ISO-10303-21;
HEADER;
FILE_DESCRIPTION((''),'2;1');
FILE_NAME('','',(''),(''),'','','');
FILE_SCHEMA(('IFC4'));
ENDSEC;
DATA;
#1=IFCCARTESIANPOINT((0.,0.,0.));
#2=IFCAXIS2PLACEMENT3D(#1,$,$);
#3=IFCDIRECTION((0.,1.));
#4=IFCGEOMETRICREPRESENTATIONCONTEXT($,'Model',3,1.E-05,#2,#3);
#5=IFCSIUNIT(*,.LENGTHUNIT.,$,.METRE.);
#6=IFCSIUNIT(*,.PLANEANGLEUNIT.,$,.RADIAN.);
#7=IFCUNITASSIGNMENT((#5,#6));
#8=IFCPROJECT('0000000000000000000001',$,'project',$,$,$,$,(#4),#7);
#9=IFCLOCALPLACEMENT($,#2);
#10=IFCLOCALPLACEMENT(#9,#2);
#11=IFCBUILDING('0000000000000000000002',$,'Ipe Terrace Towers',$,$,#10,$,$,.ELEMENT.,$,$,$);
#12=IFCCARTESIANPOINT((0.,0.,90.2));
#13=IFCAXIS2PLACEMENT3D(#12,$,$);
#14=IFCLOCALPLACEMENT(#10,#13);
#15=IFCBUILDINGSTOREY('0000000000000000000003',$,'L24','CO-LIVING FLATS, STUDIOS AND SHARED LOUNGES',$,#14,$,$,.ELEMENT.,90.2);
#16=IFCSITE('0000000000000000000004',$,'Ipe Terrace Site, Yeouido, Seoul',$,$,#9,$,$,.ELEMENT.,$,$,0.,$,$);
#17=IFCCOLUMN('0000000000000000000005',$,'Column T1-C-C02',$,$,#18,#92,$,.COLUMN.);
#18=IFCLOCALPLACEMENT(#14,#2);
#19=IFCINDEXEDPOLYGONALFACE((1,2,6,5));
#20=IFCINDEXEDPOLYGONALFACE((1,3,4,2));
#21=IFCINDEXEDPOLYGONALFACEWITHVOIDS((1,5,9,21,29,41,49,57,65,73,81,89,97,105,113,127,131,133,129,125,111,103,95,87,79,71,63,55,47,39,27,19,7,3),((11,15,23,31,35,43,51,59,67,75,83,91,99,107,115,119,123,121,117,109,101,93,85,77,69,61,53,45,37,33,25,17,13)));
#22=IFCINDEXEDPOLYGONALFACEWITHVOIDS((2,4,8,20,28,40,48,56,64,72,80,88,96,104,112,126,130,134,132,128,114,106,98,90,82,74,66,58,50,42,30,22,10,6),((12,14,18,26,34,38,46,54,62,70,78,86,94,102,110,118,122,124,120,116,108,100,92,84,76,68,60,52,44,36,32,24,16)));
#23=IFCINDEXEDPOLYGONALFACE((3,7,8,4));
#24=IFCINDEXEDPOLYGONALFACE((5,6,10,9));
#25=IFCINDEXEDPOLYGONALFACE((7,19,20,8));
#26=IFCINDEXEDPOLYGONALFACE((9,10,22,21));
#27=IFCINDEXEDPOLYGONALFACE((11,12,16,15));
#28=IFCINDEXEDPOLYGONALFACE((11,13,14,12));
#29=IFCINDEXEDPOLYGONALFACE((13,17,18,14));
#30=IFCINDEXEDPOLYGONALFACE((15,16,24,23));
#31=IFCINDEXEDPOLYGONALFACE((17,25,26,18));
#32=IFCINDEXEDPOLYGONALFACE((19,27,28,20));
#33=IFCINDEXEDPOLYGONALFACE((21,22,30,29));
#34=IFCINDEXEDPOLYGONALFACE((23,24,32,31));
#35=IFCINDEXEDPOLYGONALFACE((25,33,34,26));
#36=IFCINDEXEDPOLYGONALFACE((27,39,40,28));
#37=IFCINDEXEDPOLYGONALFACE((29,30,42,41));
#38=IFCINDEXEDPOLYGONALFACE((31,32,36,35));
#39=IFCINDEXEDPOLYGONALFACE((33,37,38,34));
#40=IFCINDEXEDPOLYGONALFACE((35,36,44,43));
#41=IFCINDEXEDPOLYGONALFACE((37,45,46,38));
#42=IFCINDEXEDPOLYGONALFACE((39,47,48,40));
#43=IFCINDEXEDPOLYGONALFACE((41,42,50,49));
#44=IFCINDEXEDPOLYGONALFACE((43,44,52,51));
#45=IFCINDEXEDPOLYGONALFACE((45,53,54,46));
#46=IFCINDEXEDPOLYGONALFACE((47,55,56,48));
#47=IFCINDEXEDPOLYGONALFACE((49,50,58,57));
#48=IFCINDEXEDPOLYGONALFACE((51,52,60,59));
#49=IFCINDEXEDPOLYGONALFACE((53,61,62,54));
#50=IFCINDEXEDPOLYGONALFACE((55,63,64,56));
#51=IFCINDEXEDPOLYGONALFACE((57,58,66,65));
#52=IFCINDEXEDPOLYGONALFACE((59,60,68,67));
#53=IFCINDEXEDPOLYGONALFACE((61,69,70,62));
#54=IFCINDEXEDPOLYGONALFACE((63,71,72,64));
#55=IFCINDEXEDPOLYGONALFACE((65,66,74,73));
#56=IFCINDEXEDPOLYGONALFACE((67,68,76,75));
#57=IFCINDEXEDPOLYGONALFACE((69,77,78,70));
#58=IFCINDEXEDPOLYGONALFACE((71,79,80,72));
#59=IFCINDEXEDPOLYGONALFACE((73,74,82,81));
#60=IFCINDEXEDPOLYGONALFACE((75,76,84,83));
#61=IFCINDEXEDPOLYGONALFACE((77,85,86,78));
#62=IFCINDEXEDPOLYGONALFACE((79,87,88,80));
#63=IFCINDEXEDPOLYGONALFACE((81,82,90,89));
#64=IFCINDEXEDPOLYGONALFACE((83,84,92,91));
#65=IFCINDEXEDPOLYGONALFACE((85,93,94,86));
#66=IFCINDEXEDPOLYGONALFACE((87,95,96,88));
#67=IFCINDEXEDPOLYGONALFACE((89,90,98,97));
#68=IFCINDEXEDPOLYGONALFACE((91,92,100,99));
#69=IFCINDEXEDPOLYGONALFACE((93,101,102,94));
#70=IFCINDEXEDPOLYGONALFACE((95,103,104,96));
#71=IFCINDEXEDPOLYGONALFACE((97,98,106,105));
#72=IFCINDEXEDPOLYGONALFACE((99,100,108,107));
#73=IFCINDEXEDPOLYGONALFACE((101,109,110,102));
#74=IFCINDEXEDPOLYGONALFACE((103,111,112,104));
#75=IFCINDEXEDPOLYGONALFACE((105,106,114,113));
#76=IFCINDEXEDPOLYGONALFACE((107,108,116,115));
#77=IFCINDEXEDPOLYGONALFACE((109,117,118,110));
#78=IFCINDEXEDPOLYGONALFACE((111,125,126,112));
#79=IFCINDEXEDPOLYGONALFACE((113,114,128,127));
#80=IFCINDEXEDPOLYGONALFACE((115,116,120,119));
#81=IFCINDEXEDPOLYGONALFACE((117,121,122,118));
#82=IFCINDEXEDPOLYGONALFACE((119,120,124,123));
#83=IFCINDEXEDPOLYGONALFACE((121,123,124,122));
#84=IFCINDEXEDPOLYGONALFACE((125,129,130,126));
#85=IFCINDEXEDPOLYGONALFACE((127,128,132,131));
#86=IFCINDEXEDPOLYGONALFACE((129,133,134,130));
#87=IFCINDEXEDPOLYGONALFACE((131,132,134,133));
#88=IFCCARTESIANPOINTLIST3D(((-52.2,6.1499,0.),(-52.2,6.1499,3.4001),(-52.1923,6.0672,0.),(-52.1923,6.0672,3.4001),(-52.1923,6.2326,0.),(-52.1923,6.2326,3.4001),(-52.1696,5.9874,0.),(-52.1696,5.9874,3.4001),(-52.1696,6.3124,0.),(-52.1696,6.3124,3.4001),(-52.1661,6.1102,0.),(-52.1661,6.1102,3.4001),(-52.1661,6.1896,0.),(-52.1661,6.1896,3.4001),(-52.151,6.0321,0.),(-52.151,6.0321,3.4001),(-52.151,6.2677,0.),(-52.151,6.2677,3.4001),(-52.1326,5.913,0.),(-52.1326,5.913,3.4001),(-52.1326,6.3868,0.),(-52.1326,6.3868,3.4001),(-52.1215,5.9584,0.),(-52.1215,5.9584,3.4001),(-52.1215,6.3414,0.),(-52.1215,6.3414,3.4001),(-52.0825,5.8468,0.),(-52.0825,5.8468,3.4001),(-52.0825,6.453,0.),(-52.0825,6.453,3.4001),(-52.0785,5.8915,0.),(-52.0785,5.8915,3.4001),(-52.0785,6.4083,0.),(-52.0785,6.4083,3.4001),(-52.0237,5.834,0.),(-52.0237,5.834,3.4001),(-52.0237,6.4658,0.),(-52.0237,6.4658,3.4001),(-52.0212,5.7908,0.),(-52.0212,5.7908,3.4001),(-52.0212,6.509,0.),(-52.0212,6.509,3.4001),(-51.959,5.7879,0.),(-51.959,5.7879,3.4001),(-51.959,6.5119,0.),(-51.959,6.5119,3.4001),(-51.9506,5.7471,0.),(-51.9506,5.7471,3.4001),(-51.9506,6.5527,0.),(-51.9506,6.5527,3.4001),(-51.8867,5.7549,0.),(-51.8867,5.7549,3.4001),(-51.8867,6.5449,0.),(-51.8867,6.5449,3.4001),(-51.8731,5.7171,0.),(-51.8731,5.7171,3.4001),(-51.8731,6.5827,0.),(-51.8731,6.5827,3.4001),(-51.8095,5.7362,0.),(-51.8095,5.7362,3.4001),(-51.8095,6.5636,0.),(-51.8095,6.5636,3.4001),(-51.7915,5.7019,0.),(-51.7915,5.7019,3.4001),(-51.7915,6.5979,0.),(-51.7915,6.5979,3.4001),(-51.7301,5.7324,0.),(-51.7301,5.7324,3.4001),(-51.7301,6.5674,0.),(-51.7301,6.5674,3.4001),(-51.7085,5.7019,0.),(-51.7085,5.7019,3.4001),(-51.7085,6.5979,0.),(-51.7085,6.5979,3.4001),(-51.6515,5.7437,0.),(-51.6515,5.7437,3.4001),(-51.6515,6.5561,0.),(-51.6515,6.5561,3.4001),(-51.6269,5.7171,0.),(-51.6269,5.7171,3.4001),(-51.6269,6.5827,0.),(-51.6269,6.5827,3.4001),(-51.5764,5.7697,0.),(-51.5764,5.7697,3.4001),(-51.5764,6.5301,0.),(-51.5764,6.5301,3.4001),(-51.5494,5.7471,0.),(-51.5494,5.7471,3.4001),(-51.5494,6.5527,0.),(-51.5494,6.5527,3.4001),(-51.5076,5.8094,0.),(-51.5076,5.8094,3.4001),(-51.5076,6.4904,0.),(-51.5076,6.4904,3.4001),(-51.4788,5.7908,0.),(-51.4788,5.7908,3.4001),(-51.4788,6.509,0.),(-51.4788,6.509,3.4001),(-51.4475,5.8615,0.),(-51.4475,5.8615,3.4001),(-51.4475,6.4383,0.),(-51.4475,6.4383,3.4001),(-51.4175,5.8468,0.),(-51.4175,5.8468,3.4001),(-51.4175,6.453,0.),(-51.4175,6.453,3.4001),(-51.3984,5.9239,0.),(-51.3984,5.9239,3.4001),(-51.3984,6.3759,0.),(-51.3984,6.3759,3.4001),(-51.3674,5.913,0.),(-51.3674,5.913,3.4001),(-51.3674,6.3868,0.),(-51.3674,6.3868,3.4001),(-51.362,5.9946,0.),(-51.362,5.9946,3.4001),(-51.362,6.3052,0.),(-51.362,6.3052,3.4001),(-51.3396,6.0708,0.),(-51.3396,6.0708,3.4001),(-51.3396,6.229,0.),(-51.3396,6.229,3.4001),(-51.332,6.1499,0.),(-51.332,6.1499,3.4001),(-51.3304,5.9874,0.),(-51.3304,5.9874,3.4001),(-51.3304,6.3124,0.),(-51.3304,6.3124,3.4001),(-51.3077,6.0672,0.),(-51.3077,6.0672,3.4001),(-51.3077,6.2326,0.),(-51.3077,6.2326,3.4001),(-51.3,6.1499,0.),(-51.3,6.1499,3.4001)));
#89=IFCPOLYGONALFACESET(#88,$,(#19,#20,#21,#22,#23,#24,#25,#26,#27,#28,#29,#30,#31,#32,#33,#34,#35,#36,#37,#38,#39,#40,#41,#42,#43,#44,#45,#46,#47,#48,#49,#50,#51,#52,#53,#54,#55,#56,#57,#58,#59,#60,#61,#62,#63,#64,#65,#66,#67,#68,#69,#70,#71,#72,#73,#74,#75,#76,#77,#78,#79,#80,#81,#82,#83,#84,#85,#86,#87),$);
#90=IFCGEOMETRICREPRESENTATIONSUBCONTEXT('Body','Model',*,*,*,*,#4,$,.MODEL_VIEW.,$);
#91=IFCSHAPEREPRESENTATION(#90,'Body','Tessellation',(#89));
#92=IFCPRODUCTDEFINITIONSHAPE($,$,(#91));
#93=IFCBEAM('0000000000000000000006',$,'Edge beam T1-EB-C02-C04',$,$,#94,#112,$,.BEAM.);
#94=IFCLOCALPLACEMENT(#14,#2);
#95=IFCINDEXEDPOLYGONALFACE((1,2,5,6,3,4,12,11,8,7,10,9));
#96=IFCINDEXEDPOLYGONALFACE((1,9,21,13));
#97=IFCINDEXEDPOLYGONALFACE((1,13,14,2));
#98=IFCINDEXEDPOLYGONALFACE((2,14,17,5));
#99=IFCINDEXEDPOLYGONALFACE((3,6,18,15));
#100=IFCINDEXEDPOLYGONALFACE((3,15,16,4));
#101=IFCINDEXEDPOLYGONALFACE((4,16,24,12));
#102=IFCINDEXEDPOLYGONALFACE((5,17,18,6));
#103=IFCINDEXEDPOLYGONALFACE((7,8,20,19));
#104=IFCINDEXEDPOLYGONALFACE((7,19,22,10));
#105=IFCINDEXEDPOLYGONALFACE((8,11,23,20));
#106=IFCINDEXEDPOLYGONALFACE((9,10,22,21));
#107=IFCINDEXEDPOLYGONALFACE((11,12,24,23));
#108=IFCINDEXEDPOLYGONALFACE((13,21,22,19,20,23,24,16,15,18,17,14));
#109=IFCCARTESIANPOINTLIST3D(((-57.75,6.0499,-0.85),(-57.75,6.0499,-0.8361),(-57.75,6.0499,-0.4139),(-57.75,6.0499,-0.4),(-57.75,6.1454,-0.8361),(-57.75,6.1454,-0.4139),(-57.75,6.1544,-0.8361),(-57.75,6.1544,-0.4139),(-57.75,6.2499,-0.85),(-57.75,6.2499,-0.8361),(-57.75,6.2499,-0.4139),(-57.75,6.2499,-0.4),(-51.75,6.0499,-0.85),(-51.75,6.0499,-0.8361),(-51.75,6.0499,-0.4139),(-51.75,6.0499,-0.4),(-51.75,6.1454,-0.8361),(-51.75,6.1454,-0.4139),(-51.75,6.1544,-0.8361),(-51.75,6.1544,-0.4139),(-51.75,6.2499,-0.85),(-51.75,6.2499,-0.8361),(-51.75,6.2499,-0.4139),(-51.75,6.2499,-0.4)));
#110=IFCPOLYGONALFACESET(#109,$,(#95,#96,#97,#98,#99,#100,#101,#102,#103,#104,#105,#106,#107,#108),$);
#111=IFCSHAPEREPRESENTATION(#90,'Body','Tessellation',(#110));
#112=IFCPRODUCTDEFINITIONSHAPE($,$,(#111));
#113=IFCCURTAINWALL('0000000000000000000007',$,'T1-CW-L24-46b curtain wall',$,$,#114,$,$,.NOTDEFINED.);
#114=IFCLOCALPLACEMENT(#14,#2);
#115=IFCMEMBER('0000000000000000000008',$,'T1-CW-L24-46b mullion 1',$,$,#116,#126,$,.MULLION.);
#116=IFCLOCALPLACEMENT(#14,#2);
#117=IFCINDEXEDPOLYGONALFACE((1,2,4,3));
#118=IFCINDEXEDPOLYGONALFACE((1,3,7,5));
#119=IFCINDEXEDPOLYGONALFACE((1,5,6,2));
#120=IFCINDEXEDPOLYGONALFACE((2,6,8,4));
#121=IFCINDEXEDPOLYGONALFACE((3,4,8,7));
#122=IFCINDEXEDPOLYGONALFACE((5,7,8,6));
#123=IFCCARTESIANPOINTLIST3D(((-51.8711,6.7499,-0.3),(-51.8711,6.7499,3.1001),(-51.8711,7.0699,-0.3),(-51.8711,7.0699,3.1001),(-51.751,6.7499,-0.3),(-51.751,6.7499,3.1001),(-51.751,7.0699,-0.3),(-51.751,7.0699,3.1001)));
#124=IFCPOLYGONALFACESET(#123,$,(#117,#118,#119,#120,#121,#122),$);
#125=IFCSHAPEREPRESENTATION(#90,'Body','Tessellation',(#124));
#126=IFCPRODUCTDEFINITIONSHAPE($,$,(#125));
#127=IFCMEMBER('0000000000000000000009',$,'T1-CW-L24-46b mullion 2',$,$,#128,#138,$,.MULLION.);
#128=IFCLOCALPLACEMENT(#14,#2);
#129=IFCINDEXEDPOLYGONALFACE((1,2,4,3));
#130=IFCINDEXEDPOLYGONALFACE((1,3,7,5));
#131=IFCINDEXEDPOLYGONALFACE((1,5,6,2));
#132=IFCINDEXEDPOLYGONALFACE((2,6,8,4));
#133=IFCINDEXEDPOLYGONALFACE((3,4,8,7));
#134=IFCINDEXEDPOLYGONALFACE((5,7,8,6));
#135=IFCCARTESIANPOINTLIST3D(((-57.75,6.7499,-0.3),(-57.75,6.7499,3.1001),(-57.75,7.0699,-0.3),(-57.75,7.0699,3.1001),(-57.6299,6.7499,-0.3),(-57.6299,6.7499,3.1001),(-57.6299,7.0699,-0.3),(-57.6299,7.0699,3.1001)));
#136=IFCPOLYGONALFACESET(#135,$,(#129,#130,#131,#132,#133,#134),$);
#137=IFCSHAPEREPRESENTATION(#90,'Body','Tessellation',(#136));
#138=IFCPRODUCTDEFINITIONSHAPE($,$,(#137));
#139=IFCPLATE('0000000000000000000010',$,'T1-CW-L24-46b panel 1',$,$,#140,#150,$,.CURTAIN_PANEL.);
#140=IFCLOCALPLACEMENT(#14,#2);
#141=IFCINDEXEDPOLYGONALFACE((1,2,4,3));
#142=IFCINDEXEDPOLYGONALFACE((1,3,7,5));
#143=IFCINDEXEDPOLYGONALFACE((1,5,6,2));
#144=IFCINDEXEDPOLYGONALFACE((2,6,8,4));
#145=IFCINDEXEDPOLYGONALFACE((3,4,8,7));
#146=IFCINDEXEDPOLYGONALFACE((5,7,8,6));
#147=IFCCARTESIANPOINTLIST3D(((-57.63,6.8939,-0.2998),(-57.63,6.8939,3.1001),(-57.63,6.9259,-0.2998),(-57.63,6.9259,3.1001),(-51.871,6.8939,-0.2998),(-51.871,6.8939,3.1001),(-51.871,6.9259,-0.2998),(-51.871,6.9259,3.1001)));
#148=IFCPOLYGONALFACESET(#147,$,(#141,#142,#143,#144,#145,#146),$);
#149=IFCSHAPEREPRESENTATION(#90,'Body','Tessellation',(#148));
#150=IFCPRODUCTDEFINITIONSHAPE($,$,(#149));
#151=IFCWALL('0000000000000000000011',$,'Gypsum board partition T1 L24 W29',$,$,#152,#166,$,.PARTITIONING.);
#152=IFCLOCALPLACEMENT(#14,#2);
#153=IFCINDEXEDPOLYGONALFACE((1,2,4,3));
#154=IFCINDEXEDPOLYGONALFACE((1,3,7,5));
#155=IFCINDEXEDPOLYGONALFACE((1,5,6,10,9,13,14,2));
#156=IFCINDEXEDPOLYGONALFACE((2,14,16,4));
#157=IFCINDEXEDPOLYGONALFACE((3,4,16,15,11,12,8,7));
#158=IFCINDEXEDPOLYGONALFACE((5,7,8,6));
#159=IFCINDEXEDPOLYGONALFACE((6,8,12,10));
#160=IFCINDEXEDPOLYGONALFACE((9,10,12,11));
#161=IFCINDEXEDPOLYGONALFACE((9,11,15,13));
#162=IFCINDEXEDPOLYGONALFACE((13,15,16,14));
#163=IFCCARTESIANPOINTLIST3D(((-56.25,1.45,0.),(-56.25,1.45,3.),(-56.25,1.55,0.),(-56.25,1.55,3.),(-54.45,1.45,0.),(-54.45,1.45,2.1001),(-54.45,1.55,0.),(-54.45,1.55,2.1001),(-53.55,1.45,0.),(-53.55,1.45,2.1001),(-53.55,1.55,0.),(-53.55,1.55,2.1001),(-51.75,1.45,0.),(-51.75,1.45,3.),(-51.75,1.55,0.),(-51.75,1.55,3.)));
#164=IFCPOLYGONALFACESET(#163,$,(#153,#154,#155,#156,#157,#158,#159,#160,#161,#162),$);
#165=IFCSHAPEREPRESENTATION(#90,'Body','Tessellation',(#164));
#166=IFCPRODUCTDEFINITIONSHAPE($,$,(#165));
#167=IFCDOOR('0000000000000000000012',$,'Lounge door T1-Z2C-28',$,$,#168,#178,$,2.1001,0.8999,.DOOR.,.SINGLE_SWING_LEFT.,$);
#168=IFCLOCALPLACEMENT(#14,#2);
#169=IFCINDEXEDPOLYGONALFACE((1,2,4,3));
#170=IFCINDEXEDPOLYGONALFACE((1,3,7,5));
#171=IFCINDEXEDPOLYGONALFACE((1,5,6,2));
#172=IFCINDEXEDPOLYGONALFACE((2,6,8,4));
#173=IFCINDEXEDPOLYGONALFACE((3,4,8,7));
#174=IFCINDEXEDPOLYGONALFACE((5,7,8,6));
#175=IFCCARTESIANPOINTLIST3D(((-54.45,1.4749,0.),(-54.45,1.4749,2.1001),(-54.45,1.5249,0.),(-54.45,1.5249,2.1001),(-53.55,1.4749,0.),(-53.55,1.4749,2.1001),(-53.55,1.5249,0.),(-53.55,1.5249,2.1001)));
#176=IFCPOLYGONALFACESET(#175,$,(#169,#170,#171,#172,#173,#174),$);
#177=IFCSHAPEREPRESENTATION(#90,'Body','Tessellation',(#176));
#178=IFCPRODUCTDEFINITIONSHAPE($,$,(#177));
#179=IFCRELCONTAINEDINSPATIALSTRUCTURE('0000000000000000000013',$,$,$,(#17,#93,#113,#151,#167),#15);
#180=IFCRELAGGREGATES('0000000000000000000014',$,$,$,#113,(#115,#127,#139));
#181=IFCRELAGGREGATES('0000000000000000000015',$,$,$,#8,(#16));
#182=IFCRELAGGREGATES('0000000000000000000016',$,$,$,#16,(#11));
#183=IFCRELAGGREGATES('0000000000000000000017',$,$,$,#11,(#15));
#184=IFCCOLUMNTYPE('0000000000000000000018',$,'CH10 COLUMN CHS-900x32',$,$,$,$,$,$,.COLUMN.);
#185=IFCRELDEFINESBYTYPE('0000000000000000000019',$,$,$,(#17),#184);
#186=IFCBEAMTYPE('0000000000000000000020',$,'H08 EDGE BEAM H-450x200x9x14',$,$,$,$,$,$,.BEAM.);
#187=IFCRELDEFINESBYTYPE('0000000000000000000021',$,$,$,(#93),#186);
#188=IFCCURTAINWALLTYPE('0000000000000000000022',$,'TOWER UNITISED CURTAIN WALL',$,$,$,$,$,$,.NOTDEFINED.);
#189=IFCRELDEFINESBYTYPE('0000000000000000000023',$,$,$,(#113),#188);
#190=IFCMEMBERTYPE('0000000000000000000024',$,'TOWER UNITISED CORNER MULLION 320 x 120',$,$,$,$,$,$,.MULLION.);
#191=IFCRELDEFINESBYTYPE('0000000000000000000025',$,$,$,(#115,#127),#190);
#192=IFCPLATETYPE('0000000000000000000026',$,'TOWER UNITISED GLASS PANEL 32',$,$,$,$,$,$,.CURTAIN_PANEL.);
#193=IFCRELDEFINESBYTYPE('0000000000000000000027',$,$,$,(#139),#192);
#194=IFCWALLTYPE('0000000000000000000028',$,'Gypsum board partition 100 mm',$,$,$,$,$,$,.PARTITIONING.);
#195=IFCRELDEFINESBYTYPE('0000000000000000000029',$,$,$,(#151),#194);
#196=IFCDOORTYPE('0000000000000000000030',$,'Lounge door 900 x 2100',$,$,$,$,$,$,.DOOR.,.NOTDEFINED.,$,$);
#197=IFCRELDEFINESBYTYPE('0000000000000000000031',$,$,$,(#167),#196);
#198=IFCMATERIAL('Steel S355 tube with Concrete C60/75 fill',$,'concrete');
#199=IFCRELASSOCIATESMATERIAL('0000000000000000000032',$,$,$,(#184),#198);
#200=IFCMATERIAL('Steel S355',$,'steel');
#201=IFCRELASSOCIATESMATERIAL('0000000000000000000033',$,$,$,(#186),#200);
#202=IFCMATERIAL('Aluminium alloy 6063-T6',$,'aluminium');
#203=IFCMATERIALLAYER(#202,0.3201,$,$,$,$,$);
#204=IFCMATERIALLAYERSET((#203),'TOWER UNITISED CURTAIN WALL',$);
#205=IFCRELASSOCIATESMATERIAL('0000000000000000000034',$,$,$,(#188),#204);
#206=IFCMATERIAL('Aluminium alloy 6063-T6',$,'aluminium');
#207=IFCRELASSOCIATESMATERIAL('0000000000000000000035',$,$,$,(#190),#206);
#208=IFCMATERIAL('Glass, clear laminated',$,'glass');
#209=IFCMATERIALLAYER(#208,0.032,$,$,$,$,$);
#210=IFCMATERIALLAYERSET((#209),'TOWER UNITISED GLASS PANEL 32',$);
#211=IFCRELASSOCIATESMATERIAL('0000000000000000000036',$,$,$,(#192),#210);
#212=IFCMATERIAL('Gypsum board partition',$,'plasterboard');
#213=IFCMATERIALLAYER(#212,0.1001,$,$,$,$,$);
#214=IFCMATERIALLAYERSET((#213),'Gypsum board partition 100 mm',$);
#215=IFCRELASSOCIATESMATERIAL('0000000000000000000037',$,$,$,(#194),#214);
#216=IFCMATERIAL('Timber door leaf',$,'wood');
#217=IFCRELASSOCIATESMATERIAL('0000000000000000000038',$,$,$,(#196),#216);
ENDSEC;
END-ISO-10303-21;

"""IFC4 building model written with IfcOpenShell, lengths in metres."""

from ifc_helpers import new_model, si_unit, direction, frame, frame_2d, origin, origin_2d, place, context, subcontext, project, spatial, rectangle, hollow_circle, i_section, extrude, material, layer, layer_set, material_profile, profile_set, type_object, element, fill, aggregate, save


model = new_model("IFC4")

# Units and contexts
model_context = context("Model", 3, precision=1e-05, world=origin(), true_north=direction((0.0, 1.0)))
body_context = subcontext(model_context, "Body", "Model", "MODEL_VIEW")
ifc_project = project(units=[si_unit("LENGTHUNIT", "METRE"), si_unit("PLANEANGLEUNIT", "RADIAN")], contexts=[model_context])

# Site, building, storey
site_placement = place(None, origin())
site = spatial("IfcSite", under=ifc_project, at=site_placement, Name="Ipe Terrace Site, Yeouido, Seoul", CompositionType="ELEMENT", RefElevation=0.0)
building_placement = place(site_placement, origin())
building = spatial("IfcBuilding", under=site, at=building_placement, Name="Ipe Terrace Towers", CompositionType="ELEMENT")
storey_placement = place(building_placement, frame((0.0, 0.0, 90.2)))
storey = spatial("IfcBuildingStorey", under=building, at=storey_placement, Name="L24", Description="CO-LIVING FLATS, STUDIOS AND SHARED LOUNGES", CompositionType="ELEMENT", Elevation=90.2)

# Column
ifc_material_1 = material(Name="Steel S355 tube with Concrete C60/75 fill", Category="concrete")
ifc_material_profile_1 = material_profile(ifc_material_1, hollow_circle(Radius=0.45, WallThickness=0.032, at=origin_2d()), Name="CHS-900x32")
ifc_profile_set_1 = profile_set([ifc_material_profile_1], Name="Steel S355 tube with Concrete C60/75 fill")
column_type = type_object("IfcColumnType", Name="CH10 COLUMN CHS-900x32", PredefinedType="COLUMN", material=ifc_profile_set_1)
column_placement = place(storey_placement, frame((-51.75, 6.1499, 0.0), z_axis=(0.0, 0.0, 1.0), x_axis=(1.0, 0.0, 0.0)))
element("IfcColumn", 1, at=column_placement, inside=storey, type_object=column_type, Name="Column T1-C-C02", PredefinedType="COLUMN", context=body_context, shape_type="SweptSolid", body=[
    extrude(hollow_circle(Radius=0.45, WallThickness=0.032, at=origin_2d()), origin(), (0.0, 0.0, 1.0), 3.4001),
])

# Beam
ifc_material_2 = material(Name="Steel S355", Category="steel")
ifc_material_profile_2 = material_profile(ifc_material_2, i_section(OverallWidth=0.2, OverallDepth=0.45, WebThickness=0.009, FlangeThickness=0.0139, at=origin_2d()), Name="H-450x200x9x14")
ifc_profile_set_2 = profile_set([ifc_material_profile_2], Name="Steel S355")
beam_type = type_object("IfcBeamType", Name="H08 EDGE BEAM H-450x200x9x14", PredefinedType="BEAM", material=ifc_profile_set_2)
beam_placement = place(storey_placement, frame((-51.75, 6.1499, -0.625), z_axis=(-1.0, 0.0, 0.0), x_axis=(0.0, -1.0, 0.0)))
element("IfcBeam", 2, at=beam_placement, inside=storey, type_object=beam_type, Name="Edge beam T1-EB-C02-C04", PredefinedType="BEAM", context=body_context, shape_type="SweptSolid", body=[
    extrude(i_section(OverallWidth=0.2, OverallDepth=0.45, WebThickness=0.009, FlangeThickness=0.0139, at=origin_2d()), origin(), (0.0, 0.0, 1.0), 6.0),
])

# Curtain wall, members, plate
ifc_material_3 = material(Name="Aluminium alloy 6063-T6", Category="aluminium")
ifc_layer_1 = layer(ifc_material_3, 0.3201)
ifc_layer_set_1 = layer_set([ifc_layer_1], Name="TOWER UNITISED CURTAIN WALL")
curtain_wall_type = type_object("IfcCurtainWallType", Name="TOWER UNITISED CURTAIN WALL", PredefinedType="NOTDEFINED", material=ifc_layer_set_1)
curtain_wall_placement = place(storey_placement, origin())
curtain_wall = element("IfcCurtainWall", 3, at=curtain_wall_placement, inside=storey, type_object=curtain_wall_type, Name="T1-CW-L24-46b curtain wall", PredefinedType="NOTDEFINED")
ifc_material_4 = material(Name="Aluminium alloy 6063-T6", Category="aluminium")
ifc_material_profile_3 = material_profile(ifc_material_4, rectangle(XDim=0.3201, YDim=0.1201, at=origin_2d()), Name="TOWER UNITISED CORNER MULLION 320 x 120")
ifc_profile_set_3 = profile_set([ifc_material_profile_3], Name="Aluminium alloy 6063-T6")
member_type = type_object("IfcMemberType", Name="TOWER UNITISED CORNER MULLION 320 x 120", PredefinedType="MULLION", material=ifc_profile_set_3)
member_1_placement = place(storey_placement, frame((-51.811, 6.9099, -0.3), z_axis=(0.0, 0.0, 1.0), x_axis=(0.0, 1.0, 0.0)))
member_1 = element("IfcMember", 4, at=member_1_placement, type_object=member_type, Name="T1-CW-L24-46b mullion 1", PredefinedType="MULLION", context=body_context, shape_type="SweptSolid", body=[
    extrude(rectangle(XDim=0.3201, YDim=0.1201, at=origin_2d()), origin(), (0.0, 0.0, 1.0), 3.4001),
])
member_2_placement = place(storey_placement, frame((-57.6899, 6.9099, -0.3), z_axis=(0.0, 0.0, 1.0), x_axis=(0.0, 1.0, 0.0)))
member_2 = element("IfcMember", 5, at=member_2_placement, type_object=member_type, Name="T1-CW-L24-46b mullion 2", PredefinedType="MULLION", context=body_context, shape_type="SweptSolid", body=[
    extrude(rectangle(XDim=0.3201, YDim=0.1201, at=origin_2d()), origin(), (0.0, 0.0, 1.0), 3.4001),
])
ifc_material_5 = material(Name="Glass, clear laminated", Category="glass")
ifc_layer_2 = layer(ifc_material_5, 0.032)
ifc_layer_set_2 = layer_set([ifc_layer_2], Name="TOWER UNITISED GLASS PANEL 32")
plate_type = type_object("IfcPlateType", Name="TOWER UNITISED GLASS PANEL 32", PredefinedType="CURTAIN_PANEL", material=ifc_layer_set_2)
plate_placement = place(storey_placement, frame((-54.7505, 6.9099, -0.2998), z_axis=(0.0, 0.0, 1.0), x_axis=(-1.0, 0.0, 0.0)))
plate = element("IfcPlate", 6, at=plate_placement, type_object=plate_type, Name="T1-CW-L24-46b panel 1", PredefinedType="CURTAIN_PANEL", context=body_context, shape_type="SweptSolid", body=[
    extrude(rectangle(XDim=5.759, YDim=0.032, at=origin_2d()), origin(), (0.0, 0.0, 1.0), 3.3999),
])
aggregate(curtain_wall, [member_1, member_2, plate])

# Wall, opening, door
ifc_material_6 = material(Name="Gypsum board partition", Category="plasterboard")
ifc_layer_3 = layer(ifc_material_6, 0.1001)
ifc_layer_set_3 = layer_set([ifc_layer_3], Name="Gypsum board partition 100 mm")
wall_type_1 = type_object("IfcWallType", Name="Gypsum board partition 100 mm", PredefinedType="PARTITIONING", material=ifc_layer_set_3)
wall_1_placement = place(storey_placement, frame((-56.25, 1.5, 0.0), z_axis=(0.0, 0.0, 1.0), x_axis=(1.0, 0.0, 0.0)))
wall_1 = element("IfcWall", 7, at=wall_1_placement, inside=storey, type_object=wall_type_1, Name="Gypsum board partition T1 L24 W29", PredefinedType="PARTITIONING", context=body_context, shape_type="SweptSolid", body=[
    extrude(rectangle(XDim=4.5, YDim=0.1001, at=frame_2d((2.25, 0.0))), origin(), (0.0, 0.0, 1.0), 3.0),
])
opening_1_placement = place(wall_1_placement, frame((1.8, 0.0, 0.0)))
opening_1 = element("IfcOpeningElement", 8, at=opening_1_placement, cuts=wall_1, PredefinedType="OPENING", context=body_context, shape_type="SweptSolid", body=[
    extrude(rectangle(XDim=0.8999, YDim=2.1001, at=frame_2d((0.45, 1.05))), frame((0.0, 0.0601, 0.0), z_axis=(0.0, -1.0, 0.0), x_axis=(1.0, 0.0, 0.0)), (0.0, 0.0, 1.0), 0.1201),
])
ifc_material_7 = material(Name="Timber door leaf", Category="wood")
door_type_1 = type_object("IfcDoorType", Name="Lounge door 900 x 2100", OperationType="NOTDEFINED", PredefinedType="DOOR", material=ifc_material_7)
door_1_placement = place(opening_1_placement, origin())
door_1 = element("IfcDoor", 9, at=door_1_placement, inside=storey, type_object=door_type_1, Name="Lounge door T1-Z2C-28", OperationType="SINGLE_SWING_LEFT", OverallHeight=2.1001, OverallWidth=0.8999, PredefinedType="DOOR", context=body_context, shape_type="SweptSolid", body=[
    extrude(rectangle(XDim=0.8999, YDim=2.1001, at=frame_2d((0.45, 1.05))), frame((0.0, 0.0249, 0.0), z_axis=(0.0, -1.0, 0.0), x_axis=(1.0, 0.0, 0.0)), (0.0, 0.0, 1.0), 0.05),
])
fill(opening_1, door_1)

save(model, "model.ifc")
